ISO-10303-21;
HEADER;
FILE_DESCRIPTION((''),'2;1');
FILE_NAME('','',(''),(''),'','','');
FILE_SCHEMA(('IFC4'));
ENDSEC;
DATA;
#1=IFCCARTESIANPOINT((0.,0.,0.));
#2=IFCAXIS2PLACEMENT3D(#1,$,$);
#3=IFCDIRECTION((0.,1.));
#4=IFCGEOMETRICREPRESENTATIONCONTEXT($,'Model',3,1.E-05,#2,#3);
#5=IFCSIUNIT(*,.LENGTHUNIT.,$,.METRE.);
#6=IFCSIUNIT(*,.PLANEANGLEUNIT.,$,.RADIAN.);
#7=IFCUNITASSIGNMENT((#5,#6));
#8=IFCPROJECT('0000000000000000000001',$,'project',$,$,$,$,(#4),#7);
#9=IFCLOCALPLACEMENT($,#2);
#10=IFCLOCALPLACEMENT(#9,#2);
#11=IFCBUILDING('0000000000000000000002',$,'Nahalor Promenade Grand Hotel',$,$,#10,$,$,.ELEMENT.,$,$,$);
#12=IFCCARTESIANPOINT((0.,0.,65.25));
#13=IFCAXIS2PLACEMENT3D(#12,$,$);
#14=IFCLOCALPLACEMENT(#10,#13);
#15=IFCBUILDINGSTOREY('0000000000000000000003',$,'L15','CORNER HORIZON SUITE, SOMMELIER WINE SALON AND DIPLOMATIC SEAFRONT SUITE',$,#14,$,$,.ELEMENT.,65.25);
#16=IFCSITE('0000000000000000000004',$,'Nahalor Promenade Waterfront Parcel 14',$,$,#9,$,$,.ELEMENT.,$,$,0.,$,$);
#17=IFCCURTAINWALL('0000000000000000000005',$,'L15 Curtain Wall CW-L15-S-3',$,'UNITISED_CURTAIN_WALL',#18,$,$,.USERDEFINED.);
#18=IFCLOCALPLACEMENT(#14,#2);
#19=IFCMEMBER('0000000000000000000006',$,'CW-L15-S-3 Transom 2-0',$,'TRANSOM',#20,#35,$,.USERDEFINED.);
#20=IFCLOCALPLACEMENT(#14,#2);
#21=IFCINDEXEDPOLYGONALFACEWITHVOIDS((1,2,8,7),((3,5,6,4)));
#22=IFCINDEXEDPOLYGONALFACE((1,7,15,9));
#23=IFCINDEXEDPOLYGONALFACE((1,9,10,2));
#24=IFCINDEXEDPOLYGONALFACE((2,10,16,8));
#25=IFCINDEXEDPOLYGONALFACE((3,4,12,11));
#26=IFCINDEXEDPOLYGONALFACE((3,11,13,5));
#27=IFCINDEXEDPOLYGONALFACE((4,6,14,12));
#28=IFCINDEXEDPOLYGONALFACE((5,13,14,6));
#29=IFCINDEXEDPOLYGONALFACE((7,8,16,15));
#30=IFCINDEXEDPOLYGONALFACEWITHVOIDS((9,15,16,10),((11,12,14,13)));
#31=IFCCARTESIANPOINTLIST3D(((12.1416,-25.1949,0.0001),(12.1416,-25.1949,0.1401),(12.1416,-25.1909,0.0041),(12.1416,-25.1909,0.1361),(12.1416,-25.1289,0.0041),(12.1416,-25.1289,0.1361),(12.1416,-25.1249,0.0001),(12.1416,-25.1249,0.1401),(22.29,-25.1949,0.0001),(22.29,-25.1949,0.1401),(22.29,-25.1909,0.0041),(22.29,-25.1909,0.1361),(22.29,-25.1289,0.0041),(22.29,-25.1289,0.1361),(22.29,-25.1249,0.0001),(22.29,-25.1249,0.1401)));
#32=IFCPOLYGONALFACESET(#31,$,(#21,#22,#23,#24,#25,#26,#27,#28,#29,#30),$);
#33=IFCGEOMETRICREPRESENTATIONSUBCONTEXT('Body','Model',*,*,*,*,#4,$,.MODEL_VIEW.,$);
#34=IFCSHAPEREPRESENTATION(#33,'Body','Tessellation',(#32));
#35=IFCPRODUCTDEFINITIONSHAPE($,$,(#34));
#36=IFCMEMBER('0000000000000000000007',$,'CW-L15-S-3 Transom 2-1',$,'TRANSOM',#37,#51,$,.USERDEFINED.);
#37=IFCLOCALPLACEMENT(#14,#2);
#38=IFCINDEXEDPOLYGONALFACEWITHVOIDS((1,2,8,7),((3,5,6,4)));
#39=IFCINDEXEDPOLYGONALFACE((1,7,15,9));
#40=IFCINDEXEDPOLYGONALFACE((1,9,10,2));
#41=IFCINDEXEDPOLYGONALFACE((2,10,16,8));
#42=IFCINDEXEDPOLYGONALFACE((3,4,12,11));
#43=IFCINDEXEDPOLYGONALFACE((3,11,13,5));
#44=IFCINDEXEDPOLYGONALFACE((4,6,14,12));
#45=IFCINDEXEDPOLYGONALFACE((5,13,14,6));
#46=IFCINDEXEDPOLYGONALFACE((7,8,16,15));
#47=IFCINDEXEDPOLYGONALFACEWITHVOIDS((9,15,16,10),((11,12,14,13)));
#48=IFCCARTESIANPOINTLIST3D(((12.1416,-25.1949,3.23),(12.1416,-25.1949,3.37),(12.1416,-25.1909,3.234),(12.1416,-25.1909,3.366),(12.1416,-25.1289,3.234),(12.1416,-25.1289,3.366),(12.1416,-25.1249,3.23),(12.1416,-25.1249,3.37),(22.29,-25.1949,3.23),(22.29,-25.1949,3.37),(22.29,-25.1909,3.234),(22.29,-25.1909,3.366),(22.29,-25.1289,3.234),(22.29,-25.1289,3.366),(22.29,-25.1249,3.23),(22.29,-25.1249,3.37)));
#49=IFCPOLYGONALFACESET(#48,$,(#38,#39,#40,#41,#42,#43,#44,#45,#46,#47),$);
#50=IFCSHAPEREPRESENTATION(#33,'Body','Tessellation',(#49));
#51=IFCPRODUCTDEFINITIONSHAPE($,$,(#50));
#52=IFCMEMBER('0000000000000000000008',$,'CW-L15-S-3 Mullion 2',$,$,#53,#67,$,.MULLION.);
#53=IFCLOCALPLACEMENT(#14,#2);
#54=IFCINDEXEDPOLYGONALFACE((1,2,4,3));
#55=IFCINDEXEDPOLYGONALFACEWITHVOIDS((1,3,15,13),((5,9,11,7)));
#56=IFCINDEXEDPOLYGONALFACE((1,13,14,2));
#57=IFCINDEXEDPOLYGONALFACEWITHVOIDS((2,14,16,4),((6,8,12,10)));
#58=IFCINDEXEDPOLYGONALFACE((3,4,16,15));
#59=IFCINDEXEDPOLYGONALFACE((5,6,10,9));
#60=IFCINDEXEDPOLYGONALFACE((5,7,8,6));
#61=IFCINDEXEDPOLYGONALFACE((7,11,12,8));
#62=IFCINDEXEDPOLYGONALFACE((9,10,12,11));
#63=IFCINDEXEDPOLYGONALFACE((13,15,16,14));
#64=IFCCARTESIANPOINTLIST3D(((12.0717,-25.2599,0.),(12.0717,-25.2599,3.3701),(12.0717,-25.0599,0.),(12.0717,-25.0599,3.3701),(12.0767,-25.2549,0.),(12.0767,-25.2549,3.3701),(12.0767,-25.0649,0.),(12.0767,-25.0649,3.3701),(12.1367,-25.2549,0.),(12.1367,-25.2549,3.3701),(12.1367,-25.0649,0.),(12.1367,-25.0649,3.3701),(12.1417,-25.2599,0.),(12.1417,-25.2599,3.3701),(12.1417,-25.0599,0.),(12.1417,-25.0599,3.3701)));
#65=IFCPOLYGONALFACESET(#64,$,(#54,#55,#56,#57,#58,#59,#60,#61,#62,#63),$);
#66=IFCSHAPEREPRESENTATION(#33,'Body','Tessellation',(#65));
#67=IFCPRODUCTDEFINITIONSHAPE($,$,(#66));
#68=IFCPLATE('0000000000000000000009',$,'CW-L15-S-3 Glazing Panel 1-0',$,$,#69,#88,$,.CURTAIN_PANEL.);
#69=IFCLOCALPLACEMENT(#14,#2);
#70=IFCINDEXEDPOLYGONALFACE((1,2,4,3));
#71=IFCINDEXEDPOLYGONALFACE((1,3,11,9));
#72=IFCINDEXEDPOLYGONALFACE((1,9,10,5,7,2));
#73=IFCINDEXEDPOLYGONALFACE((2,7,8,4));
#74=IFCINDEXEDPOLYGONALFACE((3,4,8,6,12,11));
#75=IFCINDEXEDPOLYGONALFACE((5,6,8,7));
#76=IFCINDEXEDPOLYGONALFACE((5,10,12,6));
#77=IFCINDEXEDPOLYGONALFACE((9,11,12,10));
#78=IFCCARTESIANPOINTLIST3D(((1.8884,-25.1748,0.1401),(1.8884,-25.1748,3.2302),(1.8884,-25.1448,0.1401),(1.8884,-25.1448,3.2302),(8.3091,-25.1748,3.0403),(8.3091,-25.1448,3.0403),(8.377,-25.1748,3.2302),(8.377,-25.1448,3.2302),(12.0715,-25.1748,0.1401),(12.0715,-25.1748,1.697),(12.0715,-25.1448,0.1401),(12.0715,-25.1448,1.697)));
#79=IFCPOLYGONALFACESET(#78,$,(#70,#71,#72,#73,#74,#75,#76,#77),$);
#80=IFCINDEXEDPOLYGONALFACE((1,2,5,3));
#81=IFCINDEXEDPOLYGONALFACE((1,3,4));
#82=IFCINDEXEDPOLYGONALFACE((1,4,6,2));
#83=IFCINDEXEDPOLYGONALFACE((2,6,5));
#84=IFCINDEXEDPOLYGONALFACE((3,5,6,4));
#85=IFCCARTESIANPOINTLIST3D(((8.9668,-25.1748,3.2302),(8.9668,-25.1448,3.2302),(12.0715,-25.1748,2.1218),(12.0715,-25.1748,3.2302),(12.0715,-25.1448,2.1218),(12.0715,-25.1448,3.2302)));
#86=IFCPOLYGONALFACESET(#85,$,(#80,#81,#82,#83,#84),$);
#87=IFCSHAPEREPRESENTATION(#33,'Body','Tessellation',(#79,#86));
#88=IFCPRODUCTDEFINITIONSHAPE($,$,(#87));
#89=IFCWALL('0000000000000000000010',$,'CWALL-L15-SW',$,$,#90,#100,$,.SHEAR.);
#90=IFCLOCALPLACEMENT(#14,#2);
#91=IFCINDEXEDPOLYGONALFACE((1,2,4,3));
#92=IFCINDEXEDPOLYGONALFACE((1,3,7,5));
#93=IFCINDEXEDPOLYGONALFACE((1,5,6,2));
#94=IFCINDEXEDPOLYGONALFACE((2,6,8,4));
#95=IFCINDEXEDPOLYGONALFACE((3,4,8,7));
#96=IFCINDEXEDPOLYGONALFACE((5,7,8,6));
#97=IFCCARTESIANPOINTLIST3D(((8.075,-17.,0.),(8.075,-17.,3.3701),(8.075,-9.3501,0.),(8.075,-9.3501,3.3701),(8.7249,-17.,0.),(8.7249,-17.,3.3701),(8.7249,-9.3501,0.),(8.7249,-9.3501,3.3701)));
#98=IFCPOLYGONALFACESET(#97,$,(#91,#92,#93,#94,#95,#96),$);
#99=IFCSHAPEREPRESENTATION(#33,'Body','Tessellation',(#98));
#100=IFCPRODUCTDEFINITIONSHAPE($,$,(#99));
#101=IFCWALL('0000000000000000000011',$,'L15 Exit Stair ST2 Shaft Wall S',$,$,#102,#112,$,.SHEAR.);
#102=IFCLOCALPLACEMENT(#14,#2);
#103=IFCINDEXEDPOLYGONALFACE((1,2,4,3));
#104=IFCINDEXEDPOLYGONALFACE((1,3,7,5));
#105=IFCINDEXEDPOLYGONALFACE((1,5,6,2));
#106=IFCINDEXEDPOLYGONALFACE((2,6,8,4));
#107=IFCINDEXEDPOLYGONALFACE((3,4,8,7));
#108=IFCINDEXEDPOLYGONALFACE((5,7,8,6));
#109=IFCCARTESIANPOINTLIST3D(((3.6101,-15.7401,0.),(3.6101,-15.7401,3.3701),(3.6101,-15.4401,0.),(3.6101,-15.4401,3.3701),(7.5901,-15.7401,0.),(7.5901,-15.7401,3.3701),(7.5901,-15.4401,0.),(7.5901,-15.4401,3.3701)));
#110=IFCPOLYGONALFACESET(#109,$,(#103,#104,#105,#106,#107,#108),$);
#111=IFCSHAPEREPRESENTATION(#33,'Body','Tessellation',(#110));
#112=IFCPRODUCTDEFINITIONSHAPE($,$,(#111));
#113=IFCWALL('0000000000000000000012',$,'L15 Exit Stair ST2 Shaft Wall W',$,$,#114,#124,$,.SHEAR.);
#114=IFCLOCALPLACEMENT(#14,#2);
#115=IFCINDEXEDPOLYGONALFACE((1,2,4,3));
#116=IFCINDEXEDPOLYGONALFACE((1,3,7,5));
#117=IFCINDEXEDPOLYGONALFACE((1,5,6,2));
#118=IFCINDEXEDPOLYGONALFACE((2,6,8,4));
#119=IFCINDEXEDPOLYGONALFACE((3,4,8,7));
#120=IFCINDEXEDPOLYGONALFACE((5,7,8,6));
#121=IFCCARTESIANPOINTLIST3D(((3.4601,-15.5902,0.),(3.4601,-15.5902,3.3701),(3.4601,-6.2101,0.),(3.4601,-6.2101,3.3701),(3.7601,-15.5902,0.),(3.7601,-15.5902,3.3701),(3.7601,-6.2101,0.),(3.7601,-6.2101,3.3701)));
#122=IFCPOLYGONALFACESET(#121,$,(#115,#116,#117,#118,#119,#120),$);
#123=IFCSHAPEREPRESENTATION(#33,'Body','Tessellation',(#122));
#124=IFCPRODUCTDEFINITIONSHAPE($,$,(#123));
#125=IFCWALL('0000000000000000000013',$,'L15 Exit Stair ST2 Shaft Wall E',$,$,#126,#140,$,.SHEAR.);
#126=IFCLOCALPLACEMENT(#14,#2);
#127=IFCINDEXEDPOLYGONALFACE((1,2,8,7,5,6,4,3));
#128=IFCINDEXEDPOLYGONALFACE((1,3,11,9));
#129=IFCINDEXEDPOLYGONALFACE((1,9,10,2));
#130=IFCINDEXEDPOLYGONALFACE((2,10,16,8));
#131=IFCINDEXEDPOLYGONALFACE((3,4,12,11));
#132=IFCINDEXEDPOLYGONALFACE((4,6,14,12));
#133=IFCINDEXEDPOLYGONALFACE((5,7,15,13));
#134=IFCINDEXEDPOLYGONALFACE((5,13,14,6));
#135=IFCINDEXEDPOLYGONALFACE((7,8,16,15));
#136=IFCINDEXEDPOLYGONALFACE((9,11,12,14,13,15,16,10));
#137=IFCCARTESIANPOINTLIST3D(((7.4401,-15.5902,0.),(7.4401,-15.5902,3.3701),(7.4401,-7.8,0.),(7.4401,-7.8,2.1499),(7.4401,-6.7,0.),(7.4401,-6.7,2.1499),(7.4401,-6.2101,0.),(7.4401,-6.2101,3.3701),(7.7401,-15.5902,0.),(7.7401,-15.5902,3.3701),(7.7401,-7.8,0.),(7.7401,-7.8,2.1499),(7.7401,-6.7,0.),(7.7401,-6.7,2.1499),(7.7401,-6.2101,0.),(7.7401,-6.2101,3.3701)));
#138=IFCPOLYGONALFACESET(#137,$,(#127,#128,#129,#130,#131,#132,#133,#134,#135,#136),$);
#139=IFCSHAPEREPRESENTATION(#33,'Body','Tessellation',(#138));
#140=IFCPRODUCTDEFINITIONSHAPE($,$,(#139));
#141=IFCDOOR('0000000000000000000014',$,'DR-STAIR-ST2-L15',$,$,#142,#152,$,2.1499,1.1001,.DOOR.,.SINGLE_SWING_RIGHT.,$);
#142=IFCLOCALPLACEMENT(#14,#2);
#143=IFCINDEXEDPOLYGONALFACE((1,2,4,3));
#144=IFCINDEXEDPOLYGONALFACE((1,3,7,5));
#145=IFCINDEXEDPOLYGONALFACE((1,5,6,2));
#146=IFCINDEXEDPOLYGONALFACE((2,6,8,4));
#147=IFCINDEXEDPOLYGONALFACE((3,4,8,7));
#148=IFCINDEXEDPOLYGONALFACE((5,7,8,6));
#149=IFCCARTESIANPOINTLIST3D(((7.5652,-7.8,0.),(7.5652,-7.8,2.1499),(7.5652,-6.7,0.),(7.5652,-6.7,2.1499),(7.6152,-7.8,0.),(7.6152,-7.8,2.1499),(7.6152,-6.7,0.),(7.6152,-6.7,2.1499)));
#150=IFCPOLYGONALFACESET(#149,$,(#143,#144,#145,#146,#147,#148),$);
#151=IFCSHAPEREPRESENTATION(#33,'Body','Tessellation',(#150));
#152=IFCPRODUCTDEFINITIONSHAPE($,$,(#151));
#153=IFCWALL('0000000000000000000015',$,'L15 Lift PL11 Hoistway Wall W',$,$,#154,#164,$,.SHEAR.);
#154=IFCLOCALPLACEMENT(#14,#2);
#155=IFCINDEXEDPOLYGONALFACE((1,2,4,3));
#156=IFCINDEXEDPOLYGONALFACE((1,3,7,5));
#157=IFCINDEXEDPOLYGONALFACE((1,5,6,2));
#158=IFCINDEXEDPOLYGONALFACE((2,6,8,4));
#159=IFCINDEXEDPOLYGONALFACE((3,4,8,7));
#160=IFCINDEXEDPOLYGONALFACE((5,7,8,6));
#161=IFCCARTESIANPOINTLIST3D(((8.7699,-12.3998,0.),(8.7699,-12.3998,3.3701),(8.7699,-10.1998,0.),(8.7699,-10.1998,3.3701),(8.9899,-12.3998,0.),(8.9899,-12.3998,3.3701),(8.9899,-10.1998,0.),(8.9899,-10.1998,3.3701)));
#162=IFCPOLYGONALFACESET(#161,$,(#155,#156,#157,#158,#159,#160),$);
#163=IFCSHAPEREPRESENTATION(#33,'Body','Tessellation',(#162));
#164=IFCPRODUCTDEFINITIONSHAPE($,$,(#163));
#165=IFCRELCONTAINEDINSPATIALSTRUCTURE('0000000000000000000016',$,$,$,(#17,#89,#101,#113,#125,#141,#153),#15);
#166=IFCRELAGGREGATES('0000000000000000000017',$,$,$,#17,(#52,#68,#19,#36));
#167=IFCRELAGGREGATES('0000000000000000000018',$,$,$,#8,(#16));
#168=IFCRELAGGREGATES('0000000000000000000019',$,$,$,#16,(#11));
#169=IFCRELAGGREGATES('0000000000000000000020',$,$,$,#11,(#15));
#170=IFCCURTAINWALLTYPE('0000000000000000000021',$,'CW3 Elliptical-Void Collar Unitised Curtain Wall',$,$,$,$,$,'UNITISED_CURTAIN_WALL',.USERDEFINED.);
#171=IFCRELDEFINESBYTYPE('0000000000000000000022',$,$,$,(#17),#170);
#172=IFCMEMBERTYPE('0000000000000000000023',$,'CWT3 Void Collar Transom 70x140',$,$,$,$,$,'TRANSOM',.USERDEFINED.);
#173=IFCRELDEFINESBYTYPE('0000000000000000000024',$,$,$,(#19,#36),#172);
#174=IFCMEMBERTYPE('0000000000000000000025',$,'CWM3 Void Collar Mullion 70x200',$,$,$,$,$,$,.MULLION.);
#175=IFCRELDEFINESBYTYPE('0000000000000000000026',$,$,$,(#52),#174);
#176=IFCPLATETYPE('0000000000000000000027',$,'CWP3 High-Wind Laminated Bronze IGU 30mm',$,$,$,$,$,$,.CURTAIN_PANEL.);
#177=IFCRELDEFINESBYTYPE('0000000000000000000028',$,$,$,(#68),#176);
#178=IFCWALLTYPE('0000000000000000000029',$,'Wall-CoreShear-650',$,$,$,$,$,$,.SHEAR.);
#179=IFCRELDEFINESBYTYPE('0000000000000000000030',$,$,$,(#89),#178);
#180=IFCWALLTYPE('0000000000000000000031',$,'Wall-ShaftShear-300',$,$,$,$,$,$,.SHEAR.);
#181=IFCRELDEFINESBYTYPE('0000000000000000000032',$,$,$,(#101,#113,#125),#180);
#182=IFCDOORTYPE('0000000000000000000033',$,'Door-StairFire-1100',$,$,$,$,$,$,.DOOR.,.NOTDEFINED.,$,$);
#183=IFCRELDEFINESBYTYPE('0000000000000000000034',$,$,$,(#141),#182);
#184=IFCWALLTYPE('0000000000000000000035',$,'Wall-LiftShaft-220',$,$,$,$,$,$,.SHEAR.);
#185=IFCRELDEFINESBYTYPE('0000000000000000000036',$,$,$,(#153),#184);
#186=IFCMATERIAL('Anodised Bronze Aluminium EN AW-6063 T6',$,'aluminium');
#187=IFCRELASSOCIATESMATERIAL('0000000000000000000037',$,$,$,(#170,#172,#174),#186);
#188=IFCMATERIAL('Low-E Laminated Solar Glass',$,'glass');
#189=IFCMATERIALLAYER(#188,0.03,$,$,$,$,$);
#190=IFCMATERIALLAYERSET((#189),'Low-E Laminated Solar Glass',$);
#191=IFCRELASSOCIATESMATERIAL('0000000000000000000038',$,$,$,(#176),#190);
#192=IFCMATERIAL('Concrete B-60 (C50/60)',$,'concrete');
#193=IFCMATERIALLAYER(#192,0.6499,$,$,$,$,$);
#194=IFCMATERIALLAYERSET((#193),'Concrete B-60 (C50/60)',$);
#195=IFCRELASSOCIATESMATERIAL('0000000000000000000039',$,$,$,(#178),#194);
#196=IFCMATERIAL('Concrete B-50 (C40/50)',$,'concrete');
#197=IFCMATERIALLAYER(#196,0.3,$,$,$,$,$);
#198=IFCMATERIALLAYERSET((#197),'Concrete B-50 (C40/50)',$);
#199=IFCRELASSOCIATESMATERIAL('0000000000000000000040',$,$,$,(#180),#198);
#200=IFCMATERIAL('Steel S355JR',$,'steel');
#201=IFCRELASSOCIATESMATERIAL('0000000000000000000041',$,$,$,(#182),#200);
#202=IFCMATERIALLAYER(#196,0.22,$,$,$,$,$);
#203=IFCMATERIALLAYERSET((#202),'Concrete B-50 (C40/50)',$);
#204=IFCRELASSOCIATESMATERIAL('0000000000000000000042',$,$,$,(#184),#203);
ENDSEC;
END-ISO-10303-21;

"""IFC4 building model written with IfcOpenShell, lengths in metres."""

from ifc_helpers import new_model, si_unit, direction, frame, frame_2d, origin, origin_2d, place, context, subcontext, project, spatial, polyline, rectangle, hollow_rectangle, outline, extrude, source, transform, mapped, material, layer, layer_set, material_profile, profile_set, type_object, element, fill, aggregate, save


model = new_model("IFC4")

# Units and contexts
model_context = context("Model", 3, precision=1e-05, world=origin(), true_north=direction((0.0, 1.0)))
body_context = subcontext(model_context, "Body", "Model", "MODEL_VIEW")
ifc_project = project(units=[si_unit("LENGTHUNIT", "METRE"), si_unit("PLANEANGLEUNIT", "RADIAN")], contexts=[model_context])

# Site, building, storey
site_placement = place(None, origin())
site = spatial("IfcSite", under=ifc_project, at=site_placement, Name="Nahalor Promenade Waterfront Parcel 14", CompositionType="ELEMENT", RefElevation=0.0)
building_placement = place(site_placement, origin())
building = spatial("IfcBuilding", under=site, at=building_placement, Name="Nahalor Promenade Grand Hotel", CompositionType="ELEMENT")
storey_placement = place(building_placement, frame((0.0, 0.0, 65.25)))
storey = spatial("IfcBuildingStorey", under=building, at=storey_placement, Name="L15", Description="CORNER HORIZON SUITE, SOMMELIER WINE SALON AND DIPLOMATIC SEAFRONT SUITE", CompositionType="ELEMENT", Elevation=65.25)

# Shared definitions
ifc_material_1 = material(Name="Steel S355JR", Category="steel")

# Curtain wall, members, plate
ifc_material_2 = material(Name="Anodised Bronze Aluminium EN AW-6063 T6", Category="aluminium")
curtain_wall_type = type_object("IfcCurtainWallType", Name="CW3 Elliptical-Void Collar Unitised Curtain Wall", ElementType="UNITISED_CURTAIN_WALL", PredefinedType="USERDEFINED", material=ifc_material_2)
curtain_wall_placement = place(storey_placement, origin())
curtain_wall = element("IfcCurtainWall", 1, at=curtain_wall_placement, inside=storey, type_object=curtain_wall_type, Name="L15 Curtain Wall CW-L15-S-3", ObjectType="UNITISED_CURTAIN_WALL", PredefinedType="USERDEFINED")
ifc_material_profile_1 = material_profile(ifc_material_2, hollow_rectangle(XDim=0.07, YDim=0.14, WallThickness=0.004, at=origin_2d()), Name="CWT 70x140x4")
ifc_profile_set_1 = profile_set([ifc_material_profile_1], Name="Anodised Bronze Aluminium EN AW-6063 T6")
member_type_1 = type_object("IfcMemberType", Name="CWT3 Void Collar Transom 70x140", ElementType="TRANSOM", PredefinedType="USERDEFINED", material=ifc_profile_set_1)
shared_shape_1 = source(origin(), body_context, "Body", "SweptSolid", [
    extrude(hollow_rectangle(XDim=0.07, YDim=0.14, WallThickness=0.004, at=origin_2d()), origin(), (0.0, 0.0, 1.0), 10.1484),
])
member_1_placement = place(storey_placement, frame((12.1416, -25.1599, 0.0701), z_axis=(1.0, 0.0, 0.0), x_axis=(0.0, 1.0, 0.0)))
member_1 = element("IfcMember", 2, at=member_1_placement, type_object=member_type_1, Name="CW-L15-S-3 Transom 2-0", ObjectType="TRANSOM", PredefinedType="USERDEFINED", context=body_context, shape_type="MappedRepresentation", body=[
    mapped(shared_shape_1, transform((0.0, 0.0, 0.0), scale=1.0)),
])
member_2_placement = place(storey_placement, frame((12.1416, -25.1599, 3.3), z_axis=(1.0, 0.0, 0.0), x_axis=(0.0, 1.0, 0.0)))
member_2 = element("IfcMember", 3, at=member_2_placement, type_object=member_type_1, Name="CW-L15-S-3 Transom 2-1", ObjectType="TRANSOM", PredefinedType="USERDEFINED", context=body_context, shape_type="MappedRepresentation", body=[
    mapped(shared_shape_1, transform((0.0, 0.0, 0.0), scale=1.0)),
])
ifc_material_profile_2 = material_profile(ifc_material_2, hollow_rectangle(XDim=0.07, YDim=0.2, WallThickness=0.005, at=origin_2d()), Name="CWM 70x200x5")
ifc_profile_set_2 = profile_set([ifc_material_profile_2], Name="Anodised Bronze Aluminium EN AW-6063 T6")
member_type_2 = type_object("IfcMemberType", Name="CWM3 Void Collar Mullion 70x200", PredefinedType="MULLION", material=ifc_profile_set_2)
shared_shape_2 = source(origin(), body_context, "Body", "SweptSolid", [
    extrude(hollow_rectangle(XDim=0.07, YDim=0.2, WallThickness=0.005, at=origin_2d()), origin(), (0.0, 0.0, 1.0), 3.3701),
])
member_3_placement = place(storey_placement, frame((12.1067, -25.1599, 0.0), z_axis=(0.0, 0.0, 1.0), x_axis=(1.0, 0.0, 0.0)))
member_3 = element("IfcMember", 4, at=member_3_placement, type_object=member_type_2, Name="CW-L15-S-3 Mullion 2", PredefinedType="MULLION", context=body_context, shape_type="MappedRepresentation", body=[
    mapped(shared_shape_2, transform((0.0, 0.0, 0.0), scale=1.0)),
])
ifc_material_3 = material(Name="Low-E Laminated Solar Glass", Category="glass")
ifc_layer_1 = layer(ifc_material_3, 0.03)
ifc_layer_set_1 = layer_set([ifc_layer_1], Name="Low-E Laminated Solar Glass")
plate_type = type_object("IfcPlateType", Name="CWP3 High-Wind Laminated Bronze IGU 30mm", PredefinedType="CURTAIN_PANEL", material=ifc_layer_set_1)
plate_placement = place(storey_placement, frame((6.98, -25.1599, 0.1401), z_axis=(0.0, 0.0, 1.0), x_axis=(1.0, 0.0, 0.0)))
plate = element("IfcPlate", 5, at=plate_placement, type_object=plate_type, Name="CW-L15-S-3 Glazing Panel 1-0", PredefinedType="CURTAIN_PANEL", context=body_context, shape_type="SweptSolid", body=[
    extrude(outline(polyline([(-5.0916, 0.0), (5.0916, 0.0), (5.0916, 1.5569), (1.3291, 2.9001), (1.397, 3.0901), (-5.0916, 3.0901), (-5.0916, 0.0)])), frame((0.0, 0.0151, 0.0), z_axis=(0.0, -1.0, 0.0), x_axis=(1.0, 0.0, 0.0)), (0.0, 0.0, 1.0), 0.03),
    extrude(outline(polyline([(5.0916, 1.9817), (5.0916, 3.0901), (1.9868, 3.0901), (5.0916, 1.9817)])), frame((0.0, 0.0151, 0.0), z_axis=(0.0, -1.0, 0.0), x_axis=(1.0, 0.0, 0.0)), (0.0, 0.0, 1.0), 0.03),
])
aggregate(curtain_wall, [member_3, plate, member_1, member_2])

# Walls
ifc_material_4 = material(Name="Concrete B-60 (C50/60)", Category="concrete")
ifc_layer_2 = layer(ifc_material_4, 0.6499)
ifc_layer_set_2 = layer_set([ifc_layer_2], Name="Concrete B-60 (C50/60)")
wall_type_1 = type_object("IfcWallType", Name="Wall-CoreShear-650", PredefinedType="SHEAR", material=ifc_layer_set_2)
shared_shape_3 = source(origin(), body_context, "Body", "SweptSolid", [
    extrude(rectangle(XDim=7.6499, YDim=0.6499, at=frame_2d((3.825, 0.0))), origin(), (0.0, 0.0, 1.0), 3.3701),
])
wall_1_placement = place(storey_placement, frame((8.3999, -17.0, 0.0), z_axis=(0.0, 0.0, 1.0), x_axis=(0.0, 1.0, 0.0)))
element("IfcWall", 6, at=wall_1_placement, inside=storey, type_object=wall_type_1, Name="CWALL-L15-SW", PredefinedType="SHEAR", context=body_context, shape_type="MappedRepresentation", body=[
    mapped(shared_shape_3, transform((0.0, 0.0, 0.0), scale=1.0)),
])
ifc_material_5 = material(Name="Concrete B-50 (C40/50)", Category="concrete")
ifc_layer_3 = layer(ifc_material_5, 0.3)
ifc_layer_set_3 = layer_set([ifc_layer_3], Name="Concrete B-50 (C40/50)")
wall_type_2 = type_object("IfcWallType", Name="Wall-ShaftShear-300", PredefinedType="SHEAR", material=ifc_layer_set_3)
shared_shape_4 = source(origin(), body_context, "Body", "SweptSolid", [
    extrude(rectangle(XDim=3.98, YDim=0.3, at=frame_2d((1.99, 0.0))), origin(), (0.0, 0.0, 1.0), 3.3701),
])
wall_2_placement = place(storey_placement, frame((3.6101, -15.5901, 0.0), z_axis=(0.0, 0.0, 1.0), x_axis=(1.0, 0.0, 0.0)))
element("IfcWall", 7, at=wall_2_placement, inside=storey, type_object=wall_type_2, Name="L15 Exit Stair ST2 Shaft Wall S", PredefinedType="SHEAR", context=body_context, shape_type="MappedRepresentation", body=[
    mapped(shared_shape_4, transform((0.0, 0.0, 0.0), scale=1.0)),
])
shared_shape_5 = source(origin(), body_context, "Body", "SweptSolid", [
    extrude(rectangle(XDim=9.3801, YDim=0.3, at=frame_2d((4.6899, 0.0))), origin(), (0.0, 0.0, 1.0), 3.3701),
])
wall_3_placement = place(storey_placement, frame((3.6101, -15.5901, 0.0), z_axis=(0.0, 0.0, 1.0), x_axis=(0.0, 1.0, 0.0)))
element("IfcWall", 8, at=wall_3_placement, inside=storey, type_object=wall_type_2, Name="L15 Exit Stair ST2 Shaft Wall W", PredefinedType="SHEAR", context=body_context, shape_type="MappedRepresentation", body=[
    mapped(shared_shape_5, transform((0.0, 0.0, 0.0), scale=1.0)),
])

# Wall, opening, door
wall_4_placement = place(storey_placement, frame((7.5901, -15.5901, 0.0), z_axis=(0.0, 0.0, 1.0), x_axis=(0.0, 1.0, 0.0)))
wall_4 = element("IfcWall", 9, at=wall_4_placement, inside=storey, type_object=wall_type_2, Name="L15 Exit Stair ST2 Shaft Wall E", PredefinedType="SHEAR", context=body_context, shape_type="MappedRepresentation", body=[
    mapped(shared_shape_5, transform((0.0, 0.0, 0.0), scale=1.0)),
])
opening_1_placement = place(wall_4_placement, frame((7.79, 0.0, 0.0)))
opening_1 = element("IfcOpeningElement", 10, at=opening_1_placement, cuts=wall_4, PredefinedType="OPENING", context=body_context, shape_type="SweptSolid", body=[
    extrude(rectangle(XDim=1.1001, YDim=2.1499, at=frame_2d((0.55, 1.075))), frame((0.0, 0.1599, 0.0), z_axis=(0.0, -1.0, 0.0), x_axis=(1.0, 0.0, 0.0)), (0.0, 0.0, 1.0), 0.3201),
])
door_type_1 = type_object("IfcDoorType", Name="Door-StairFire-1100", OperationType="NOTDEFINED", PredefinedType="DOOR", material=ifc_material_1)
shared_shape_6 = source(origin(), body_context, "Body", "SweptSolid", [
    extrude(rectangle(XDim=1.1001, YDim=2.1499, at=frame_2d((0.55, 1.075))), frame((0.0, 0.0249, 0.0), z_axis=(0.0, -1.0, 0.0), x_axis=(1.0, 0.0, 0.0)), (0.0, 0.0, 1.0), 0.05),
])
door_1_placement = place(opening_1_placement, origin())
door_1 = element("IfcDoor", 11, at=door_1_placement, inside=storey, type_object=door_type_1, Name="DR-STAIR-ST2-L15", OperationType="SINGLE_SWING_RIGHT", OverallHeight=2.1499, OverallWidth=1.1001, PredefinedType="DOOR", context=body_context, shape_type="MappedRepresentation", body=[
    mapped(shared_shape_6, transform((0.0, 0.0, 0.0), scale=1.0)),
])
fill(opening_1, door_1)

# Wall
ifc_layer_4 = layer(ifc_material_5, 0.22)
ifc_layer_set_4 = layer_set([ifc_layer_4], Name="Concrete B-50 (C40/50)")
wall_type_3 = type_object("IfcWallType", Name="Wall-LiftShaft-220", PredefinedType="SHEAR", material=ifc_layer_set_4)
shared_shape_7 = source(origin(), body_context, "Body", "SweptSolid", [
    extrude(rectangle(XDim=2.2, YDim=0.22, at=frame_2d((1.1001, 0.0))), origin(), (0.0, 0.0, 1.0), 3.3701),
])
wall_5_placement = place(storey_placement, frame((8.8799, -12.3999, 0.0), z_axis=(0.0, 0.0, 1.0), x_axis=(0.0, 1.0, 0.0)))
element("IfcWall", 12, at=wall_5_placement, inside=storey, type_object=wall_type_3, Name="L15 Lift PL11 Hoistway Wall W", PredefinedType="SHEAR", context=body_context, shape_type="MappedRepresentation", body=[
    mapped(shared_shape_7, transform((0.0, 0.0, 0.0), scale=1.0)),
])

save(model, "model.ifc")
